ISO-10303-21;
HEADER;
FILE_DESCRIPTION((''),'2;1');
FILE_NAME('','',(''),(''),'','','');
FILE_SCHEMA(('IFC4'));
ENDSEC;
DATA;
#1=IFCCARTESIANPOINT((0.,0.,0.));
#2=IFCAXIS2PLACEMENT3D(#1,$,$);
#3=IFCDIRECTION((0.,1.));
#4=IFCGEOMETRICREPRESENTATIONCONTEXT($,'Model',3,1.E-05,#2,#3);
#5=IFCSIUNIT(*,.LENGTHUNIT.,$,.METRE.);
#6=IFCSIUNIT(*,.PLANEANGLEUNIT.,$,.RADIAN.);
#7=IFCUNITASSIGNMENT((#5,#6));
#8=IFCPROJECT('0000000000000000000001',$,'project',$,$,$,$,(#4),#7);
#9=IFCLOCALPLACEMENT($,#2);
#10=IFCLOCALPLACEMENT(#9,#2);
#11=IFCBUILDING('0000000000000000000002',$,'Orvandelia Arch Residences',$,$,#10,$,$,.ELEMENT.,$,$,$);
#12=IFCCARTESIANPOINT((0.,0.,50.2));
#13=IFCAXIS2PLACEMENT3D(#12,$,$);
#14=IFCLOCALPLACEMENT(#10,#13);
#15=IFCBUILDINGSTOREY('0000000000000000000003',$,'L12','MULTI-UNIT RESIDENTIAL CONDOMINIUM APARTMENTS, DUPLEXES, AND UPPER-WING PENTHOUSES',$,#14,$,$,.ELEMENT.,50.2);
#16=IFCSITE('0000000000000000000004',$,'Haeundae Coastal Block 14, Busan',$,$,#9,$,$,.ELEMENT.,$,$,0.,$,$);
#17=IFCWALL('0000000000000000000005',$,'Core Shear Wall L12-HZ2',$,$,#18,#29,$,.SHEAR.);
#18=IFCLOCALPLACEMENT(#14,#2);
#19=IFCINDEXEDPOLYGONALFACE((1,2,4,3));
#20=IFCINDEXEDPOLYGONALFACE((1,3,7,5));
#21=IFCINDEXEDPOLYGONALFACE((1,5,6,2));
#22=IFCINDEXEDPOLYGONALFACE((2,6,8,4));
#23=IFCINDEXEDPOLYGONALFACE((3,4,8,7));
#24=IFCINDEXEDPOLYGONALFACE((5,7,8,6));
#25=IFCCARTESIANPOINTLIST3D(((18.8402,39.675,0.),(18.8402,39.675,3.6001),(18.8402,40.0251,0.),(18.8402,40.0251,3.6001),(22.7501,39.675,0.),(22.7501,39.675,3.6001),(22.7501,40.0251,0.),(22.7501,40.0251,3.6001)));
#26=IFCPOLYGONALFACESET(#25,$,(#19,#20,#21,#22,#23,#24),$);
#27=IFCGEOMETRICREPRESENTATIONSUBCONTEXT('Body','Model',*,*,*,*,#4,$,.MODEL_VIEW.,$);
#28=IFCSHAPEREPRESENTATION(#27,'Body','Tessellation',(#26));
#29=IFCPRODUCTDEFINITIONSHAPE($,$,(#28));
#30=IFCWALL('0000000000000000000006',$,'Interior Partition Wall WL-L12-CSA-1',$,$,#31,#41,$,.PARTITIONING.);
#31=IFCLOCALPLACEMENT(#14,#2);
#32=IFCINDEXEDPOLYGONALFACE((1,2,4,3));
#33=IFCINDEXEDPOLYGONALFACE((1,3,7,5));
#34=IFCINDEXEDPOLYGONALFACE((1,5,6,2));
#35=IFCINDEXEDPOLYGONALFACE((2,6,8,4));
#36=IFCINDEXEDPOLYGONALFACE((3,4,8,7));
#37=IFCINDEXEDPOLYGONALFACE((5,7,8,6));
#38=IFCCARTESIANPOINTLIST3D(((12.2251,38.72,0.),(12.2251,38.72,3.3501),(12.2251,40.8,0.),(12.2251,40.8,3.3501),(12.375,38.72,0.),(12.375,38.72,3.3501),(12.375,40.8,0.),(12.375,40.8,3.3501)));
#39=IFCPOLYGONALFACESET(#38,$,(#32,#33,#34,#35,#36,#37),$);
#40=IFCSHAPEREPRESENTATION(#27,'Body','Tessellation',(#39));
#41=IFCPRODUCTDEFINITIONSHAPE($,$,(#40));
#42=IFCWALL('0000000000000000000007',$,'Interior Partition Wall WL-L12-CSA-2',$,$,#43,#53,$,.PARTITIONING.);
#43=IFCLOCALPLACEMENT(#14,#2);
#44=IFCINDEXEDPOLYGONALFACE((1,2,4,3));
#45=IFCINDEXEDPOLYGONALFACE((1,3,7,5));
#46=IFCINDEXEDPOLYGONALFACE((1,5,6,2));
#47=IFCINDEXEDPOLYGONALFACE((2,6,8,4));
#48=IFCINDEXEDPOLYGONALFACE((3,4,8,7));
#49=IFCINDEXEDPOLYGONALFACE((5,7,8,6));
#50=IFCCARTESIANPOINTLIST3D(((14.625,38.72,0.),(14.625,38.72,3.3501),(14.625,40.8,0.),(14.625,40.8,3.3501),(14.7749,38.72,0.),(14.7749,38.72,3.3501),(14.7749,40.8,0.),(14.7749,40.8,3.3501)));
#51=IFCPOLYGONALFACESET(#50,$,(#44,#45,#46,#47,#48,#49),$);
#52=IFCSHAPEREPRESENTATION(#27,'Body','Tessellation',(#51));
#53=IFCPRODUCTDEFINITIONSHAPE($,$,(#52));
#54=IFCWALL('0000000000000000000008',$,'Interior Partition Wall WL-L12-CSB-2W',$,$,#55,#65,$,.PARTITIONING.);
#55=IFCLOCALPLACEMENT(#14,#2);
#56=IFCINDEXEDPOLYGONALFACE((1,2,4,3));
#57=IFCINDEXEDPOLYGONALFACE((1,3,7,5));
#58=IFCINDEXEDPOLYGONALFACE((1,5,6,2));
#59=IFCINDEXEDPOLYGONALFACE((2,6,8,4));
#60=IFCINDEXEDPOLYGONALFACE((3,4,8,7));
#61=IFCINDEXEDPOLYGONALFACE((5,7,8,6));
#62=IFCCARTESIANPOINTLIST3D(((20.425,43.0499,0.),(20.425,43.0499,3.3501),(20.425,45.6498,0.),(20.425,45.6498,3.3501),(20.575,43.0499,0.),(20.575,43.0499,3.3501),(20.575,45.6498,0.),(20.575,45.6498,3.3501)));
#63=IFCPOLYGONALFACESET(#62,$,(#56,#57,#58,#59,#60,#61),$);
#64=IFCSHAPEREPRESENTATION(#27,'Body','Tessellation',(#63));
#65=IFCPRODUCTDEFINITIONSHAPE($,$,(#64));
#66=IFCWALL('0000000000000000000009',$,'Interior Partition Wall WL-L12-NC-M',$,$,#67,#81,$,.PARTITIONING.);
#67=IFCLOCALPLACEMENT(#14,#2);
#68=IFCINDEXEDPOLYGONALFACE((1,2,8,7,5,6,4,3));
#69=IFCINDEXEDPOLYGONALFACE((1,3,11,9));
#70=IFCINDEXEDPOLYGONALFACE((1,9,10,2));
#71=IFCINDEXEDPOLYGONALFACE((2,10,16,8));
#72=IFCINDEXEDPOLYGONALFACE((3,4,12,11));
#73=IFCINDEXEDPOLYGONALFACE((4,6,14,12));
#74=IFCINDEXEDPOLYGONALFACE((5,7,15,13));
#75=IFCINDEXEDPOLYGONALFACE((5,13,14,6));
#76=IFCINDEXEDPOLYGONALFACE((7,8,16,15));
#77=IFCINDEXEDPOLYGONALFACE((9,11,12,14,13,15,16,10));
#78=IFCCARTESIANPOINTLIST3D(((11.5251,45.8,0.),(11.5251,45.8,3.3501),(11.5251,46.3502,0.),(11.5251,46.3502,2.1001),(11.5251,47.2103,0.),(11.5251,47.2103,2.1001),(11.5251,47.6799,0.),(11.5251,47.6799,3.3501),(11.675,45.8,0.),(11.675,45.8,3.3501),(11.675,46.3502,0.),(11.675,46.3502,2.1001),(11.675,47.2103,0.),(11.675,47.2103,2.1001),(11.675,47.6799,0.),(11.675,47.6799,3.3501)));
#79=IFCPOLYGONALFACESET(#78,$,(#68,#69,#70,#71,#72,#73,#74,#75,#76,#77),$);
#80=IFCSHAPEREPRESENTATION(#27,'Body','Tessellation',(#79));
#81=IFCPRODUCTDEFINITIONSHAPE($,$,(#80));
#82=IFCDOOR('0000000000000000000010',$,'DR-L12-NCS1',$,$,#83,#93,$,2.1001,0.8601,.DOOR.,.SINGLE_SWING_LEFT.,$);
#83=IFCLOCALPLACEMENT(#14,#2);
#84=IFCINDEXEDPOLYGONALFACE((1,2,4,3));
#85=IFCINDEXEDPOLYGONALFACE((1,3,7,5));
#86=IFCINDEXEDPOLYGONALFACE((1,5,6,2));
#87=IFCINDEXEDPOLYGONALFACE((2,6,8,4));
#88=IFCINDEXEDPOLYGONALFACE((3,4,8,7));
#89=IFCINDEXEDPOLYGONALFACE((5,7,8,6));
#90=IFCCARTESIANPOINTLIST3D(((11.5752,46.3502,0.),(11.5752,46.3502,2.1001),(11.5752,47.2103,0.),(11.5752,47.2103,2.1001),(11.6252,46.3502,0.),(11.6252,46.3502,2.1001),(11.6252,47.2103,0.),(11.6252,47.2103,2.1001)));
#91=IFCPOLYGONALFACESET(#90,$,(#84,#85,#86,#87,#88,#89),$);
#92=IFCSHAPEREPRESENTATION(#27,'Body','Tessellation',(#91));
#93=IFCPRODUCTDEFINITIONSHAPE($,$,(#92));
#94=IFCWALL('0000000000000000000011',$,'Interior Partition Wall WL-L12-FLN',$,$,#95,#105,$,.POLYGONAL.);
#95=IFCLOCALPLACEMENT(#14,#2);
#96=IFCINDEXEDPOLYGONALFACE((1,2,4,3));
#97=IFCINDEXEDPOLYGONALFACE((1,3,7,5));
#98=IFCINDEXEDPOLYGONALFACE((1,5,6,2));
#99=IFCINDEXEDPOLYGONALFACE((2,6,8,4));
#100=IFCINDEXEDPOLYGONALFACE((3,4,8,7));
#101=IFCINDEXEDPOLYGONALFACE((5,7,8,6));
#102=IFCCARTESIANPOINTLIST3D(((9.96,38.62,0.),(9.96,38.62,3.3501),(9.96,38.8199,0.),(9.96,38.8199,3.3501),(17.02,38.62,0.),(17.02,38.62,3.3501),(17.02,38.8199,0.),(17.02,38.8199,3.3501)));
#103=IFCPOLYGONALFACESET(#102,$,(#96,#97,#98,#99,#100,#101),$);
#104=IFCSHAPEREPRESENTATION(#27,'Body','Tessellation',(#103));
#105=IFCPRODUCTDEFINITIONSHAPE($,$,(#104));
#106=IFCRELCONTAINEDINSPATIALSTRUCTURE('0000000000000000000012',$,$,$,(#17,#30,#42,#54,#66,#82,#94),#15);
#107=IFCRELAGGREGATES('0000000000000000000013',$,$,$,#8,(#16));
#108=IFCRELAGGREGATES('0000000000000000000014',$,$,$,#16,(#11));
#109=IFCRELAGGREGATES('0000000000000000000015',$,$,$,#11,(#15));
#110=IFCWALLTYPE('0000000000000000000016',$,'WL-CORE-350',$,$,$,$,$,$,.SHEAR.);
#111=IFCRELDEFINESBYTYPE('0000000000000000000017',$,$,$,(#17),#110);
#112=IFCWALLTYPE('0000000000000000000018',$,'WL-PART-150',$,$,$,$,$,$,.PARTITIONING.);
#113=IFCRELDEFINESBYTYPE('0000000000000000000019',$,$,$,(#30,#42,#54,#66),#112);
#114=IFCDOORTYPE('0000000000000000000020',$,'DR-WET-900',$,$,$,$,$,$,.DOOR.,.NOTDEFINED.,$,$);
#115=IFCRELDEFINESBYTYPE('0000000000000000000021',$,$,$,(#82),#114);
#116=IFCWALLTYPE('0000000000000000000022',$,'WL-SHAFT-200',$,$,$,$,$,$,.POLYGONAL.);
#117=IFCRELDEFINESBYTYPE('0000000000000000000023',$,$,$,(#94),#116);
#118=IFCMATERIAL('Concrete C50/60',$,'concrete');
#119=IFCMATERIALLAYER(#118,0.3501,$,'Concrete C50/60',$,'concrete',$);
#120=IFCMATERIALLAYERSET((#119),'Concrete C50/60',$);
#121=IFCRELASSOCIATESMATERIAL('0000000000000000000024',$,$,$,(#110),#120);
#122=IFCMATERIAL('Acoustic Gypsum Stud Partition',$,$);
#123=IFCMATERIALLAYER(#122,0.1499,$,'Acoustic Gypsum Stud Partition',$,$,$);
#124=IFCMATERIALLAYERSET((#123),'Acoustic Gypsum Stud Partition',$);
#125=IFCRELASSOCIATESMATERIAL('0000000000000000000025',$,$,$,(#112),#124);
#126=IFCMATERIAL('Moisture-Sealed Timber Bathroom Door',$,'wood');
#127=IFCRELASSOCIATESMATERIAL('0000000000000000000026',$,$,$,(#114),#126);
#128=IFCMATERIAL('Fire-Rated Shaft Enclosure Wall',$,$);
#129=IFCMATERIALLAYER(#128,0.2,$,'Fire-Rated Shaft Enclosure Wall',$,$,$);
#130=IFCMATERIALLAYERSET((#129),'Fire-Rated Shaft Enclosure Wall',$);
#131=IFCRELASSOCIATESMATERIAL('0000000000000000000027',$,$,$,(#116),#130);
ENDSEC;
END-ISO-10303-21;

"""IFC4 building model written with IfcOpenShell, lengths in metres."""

from ifc_helpers import new_model, si_unit, direction, frame, frame_2d, origin, place, context, subcontext, project, spatial, rectangle, extrude, material, layer, layer_set, type_object, element, fill, save


model = new_model("IFC4")

# Units and contexts
model_context = context("Model", 3, precision=1e-05, world=origin(), true_north=direction((0.0, 1.0)))
body_context = subcontext(model_context, "Body", "Model", "MODEL_VIEW")
ifc_project = project(units=[si_unit("LENGTHUNIT", "METRE"), si_unit("PLANEANGLEUNIT", "RADIAN")], contexts=[model_context])

# Site, building, storey
site_placement = place(None, origin())
site = spatial("IfcSite", under=ifc_project, at=site_placement, Name="Haeundae Coastal Block 14, Busan", CompositionType="ELEMENT", RefElevation=0.0)
building_placement = place(site_placement, origin())
building = spatial("IfcBuilding", under=site, at=building_placement, Name="Orvandelia Arch Residences", CompositionType="ELEMENT")
storey_placement = place(building_placement, frame((0.0, 0.0, 50.2)))
storey = spatial("IfcBuildingStorey", under=building, at=storey_placement, Name="L12", Description="MULTI-UNIT RESIDENTIAL CONDOMINIUM APARTMENTS, DUPLEXES, AND UPPER-WING PENTHOUSES", CompositionType="ELEMENT", Elevation=50.2)

# Walls
ifc_material_1 = material(Name="Concrete C50/60", Category="concrete")
ifc_layer_1 = layer(ifc_material_1, 0.3501, Name="Concrete C50/60", Category="concrete")
ifc_layer_set_1 = layer_set([ifc_layer_1], Name="Concrete C50/60")
wall_type_1 = type_object("IfcWallType", Name="WL-CORE-350", PredefinedType="SHEAR", material=ifc_layer_set_1)
wall_1_placement = place(storey_placement, frame((18.8401, 39.8501, 0.0), z_axis=(0.0, 0.0, 1.0), x_axis=(1.0, 0.0, 0.0)))
element("IfcWall", 1, at=wall_1_placement, inside=storey, type_object=wall_type_1, Name="Core Shear Wall L12-HZ2", PredefinedType="SHEAR", context=body_context, shape_type="SweptSolid", body=[
    extrude(rectangle(XDim=3.9099, YDim=0.3501, at=frame_2d((1.9551, 0.0))), origin(), (0.0, 0.0, 1.0), 3.6001),
])
ifc_material_2 = material(Name="Acoustic Gypsum Stud Partition")
ifc_layer_2 = layer(ifc_material_2, 0.1499, Name="Acoustic Gypsum Stud Partition")
ifc_layer_set_2 = layer_set([ifc_layer_2], Name="Acoustic Gypsum Stud Partition")
wall_type_2 = type_object("IfcWallType", Name="WL-PART-150", PredefinedType="PARTITIONING", material=ifc_layer_set_2)
for number, where, z_axis, x_axis, name in (
    (2, (12.3, 38.72, 0.0), (0.0, 0.0, 1.0), (0.0, 1.0, 0.0), "Interior Partition Wall WL-L12-CSA-1"),
    (3, (14.7, 38.72, 0.0), (0.0, 0.0, 1.0), (0.0, 1.0, 0.0), "Interior Partition Wall WL-L12-CSA-2"),
):
    element("IfcWall", number, at=place(storey_placement, frame(where, z_axis=z_axis, x_axis=x_axis)), inside=storey, type_object=wall_type_2, Name=name, PredefinedType="PARTITIONING", context=body_context, shape_type="SweptSolid", body=[
        extrude(rectangle(XDim=2.0801, YDim=0.1499, at=frame_2d((1.04, 0.0))), origin(), (0.0, 0.0, 1.0), 3.3501),
    ])
wall_2_placement = place(storey_placement, frame((20.5, 43.05, 0.0), z_axis=(0.0, 0.0, 1.0), x_axis=(0.0, 1.0, 0.0)))
element("IfcWall", 4, at=wall_2_placement, inside=storey, type_object=wall_type_2, Name="Interior Partition Wall WL-L12-CSB-2W", PredefinedType="PARTITIONING", context=body_context, shape_type="SweptSolid", body=[
    extrude(rectangle(XDim=2.5999, YDim=0.1499, at=frame_2d((1.2998, 0.0))), origin(), (0.0, 0.0, 1.0), 3.3501),
])

# Wall, opening, door
wall_3_placement = place(storey_placement, frame((11.6001, 45.8, 0.0), z_axis=(0.0, 0.0, 1.0), x_axis=(0.0, 1.0, 0.0)))
wall_3 = element("IfcWall", 5, at=wall_3_placement, inside=storey, type_object=wall_type_2, Name="Interior Partition Wall WL-L12-NC-M", PredefinedType="PARTITIONING", context=body_context, shape_type="SweptSolid", body=[
    extrude(rectangle(XDim=1.8799, YDim=0.1499, at=frame_2d((0.9399, 0.0))), origin(), (0.0, 0.0, 1.0), 3.3501),
])
opening_1_placement = place(wall_3_placement, frame((0.55, 0.0, 0.0)))
opening_1 = element("IfcOpeningElement", 6, at=opening_1_placement, cuts=wall_3, PredefinedType="OPENING", context=body_context, shape_type="SweptSolid", body=[
    extrude(rectangle(XDim=0.8601, YDim=2.1001, at=frame_2d((0.4302, 1.05))), frame((0.0, 0.085, 0.0), z_axis=(0.0, -1.0, 0.0), x_axis=(1.0, 0.0, 0.0)), (0.0, 0.0, 1.0), 0.1699),
])
ifc_material_3 = material(Name="Moisture-Sealed Timber Bathroom Door", Category="wood")
door_type_1 = type_object("IfcDoorType", Name="DR-WET-900", OperationType="NOTDEFINED", PredefinedType="DOOR", material=ifc_material_3)
door_1_placement = place(opening_1_placement, origin())
door_1 = element("IfcDoor", 7, at=door_1_placement, inside=storey, type_object=door_type_1, Name="DR-L12-NCS1", OperationType="SINGLE_SWING_LEFT", OverallHeight=2.1001, OverallWidth=0.8601, PredefinedType="DOOR", context=body_context, shape_type="SweptSolid", body=[
    extrude(rectangle(XDim=0.8601, YDim=2.1001, at=frame_2d((0.4302, 1.05))), frame((0.0, 0.0249, 0.0), z_axis=(0.0, -1.0, 0.0), x_axis=(1.0, 0.0, 0.0)), (0.0, 0.0, 1.0), 0.05),
])
fill(opening_1, door_1)

# Wall
ifc_material_4 = material(Name="Fire-Rated Shaft Enclosure Wall")
ifc_layer_3 = layer(ifc_material_4, 0.2, Name="Fire-Rated Shaft Enclosure Wall")
ifc_layer_set_3 = layer_set([ifc_layer_3], Name="Fire-Rated Shaft Enclosure Wall")
wall_type_3 = type_object("IfcWallType", Name="WL-SHAFT-200", PredefinedType="POLYGONAL", material=ifc_layer_set_3)
wall_4_placement = place(storey_placement, frame((9.96, 38.72, 0.0), z_axis=(0.0, 0.0, 1.0), x_axis=(1.0, 0.0, 0.0)))
element("IfcWall", 8, at=wall_4_placement, inside=storey, type_object=wall_type_3, Name="Interior Partition Wall WL-L12-FLN", PredefinedType="POLYGONAL", context=body_context, shape_type="SweptSolid", body=[
    extrude(rectangle(XDim=7.0601, YDim=0.2, at=frame_2d((3.53, 0.0))), origin(), (0.0, 0.0, 1.0), 3.3501),
])

save(model, "model.ifc")
